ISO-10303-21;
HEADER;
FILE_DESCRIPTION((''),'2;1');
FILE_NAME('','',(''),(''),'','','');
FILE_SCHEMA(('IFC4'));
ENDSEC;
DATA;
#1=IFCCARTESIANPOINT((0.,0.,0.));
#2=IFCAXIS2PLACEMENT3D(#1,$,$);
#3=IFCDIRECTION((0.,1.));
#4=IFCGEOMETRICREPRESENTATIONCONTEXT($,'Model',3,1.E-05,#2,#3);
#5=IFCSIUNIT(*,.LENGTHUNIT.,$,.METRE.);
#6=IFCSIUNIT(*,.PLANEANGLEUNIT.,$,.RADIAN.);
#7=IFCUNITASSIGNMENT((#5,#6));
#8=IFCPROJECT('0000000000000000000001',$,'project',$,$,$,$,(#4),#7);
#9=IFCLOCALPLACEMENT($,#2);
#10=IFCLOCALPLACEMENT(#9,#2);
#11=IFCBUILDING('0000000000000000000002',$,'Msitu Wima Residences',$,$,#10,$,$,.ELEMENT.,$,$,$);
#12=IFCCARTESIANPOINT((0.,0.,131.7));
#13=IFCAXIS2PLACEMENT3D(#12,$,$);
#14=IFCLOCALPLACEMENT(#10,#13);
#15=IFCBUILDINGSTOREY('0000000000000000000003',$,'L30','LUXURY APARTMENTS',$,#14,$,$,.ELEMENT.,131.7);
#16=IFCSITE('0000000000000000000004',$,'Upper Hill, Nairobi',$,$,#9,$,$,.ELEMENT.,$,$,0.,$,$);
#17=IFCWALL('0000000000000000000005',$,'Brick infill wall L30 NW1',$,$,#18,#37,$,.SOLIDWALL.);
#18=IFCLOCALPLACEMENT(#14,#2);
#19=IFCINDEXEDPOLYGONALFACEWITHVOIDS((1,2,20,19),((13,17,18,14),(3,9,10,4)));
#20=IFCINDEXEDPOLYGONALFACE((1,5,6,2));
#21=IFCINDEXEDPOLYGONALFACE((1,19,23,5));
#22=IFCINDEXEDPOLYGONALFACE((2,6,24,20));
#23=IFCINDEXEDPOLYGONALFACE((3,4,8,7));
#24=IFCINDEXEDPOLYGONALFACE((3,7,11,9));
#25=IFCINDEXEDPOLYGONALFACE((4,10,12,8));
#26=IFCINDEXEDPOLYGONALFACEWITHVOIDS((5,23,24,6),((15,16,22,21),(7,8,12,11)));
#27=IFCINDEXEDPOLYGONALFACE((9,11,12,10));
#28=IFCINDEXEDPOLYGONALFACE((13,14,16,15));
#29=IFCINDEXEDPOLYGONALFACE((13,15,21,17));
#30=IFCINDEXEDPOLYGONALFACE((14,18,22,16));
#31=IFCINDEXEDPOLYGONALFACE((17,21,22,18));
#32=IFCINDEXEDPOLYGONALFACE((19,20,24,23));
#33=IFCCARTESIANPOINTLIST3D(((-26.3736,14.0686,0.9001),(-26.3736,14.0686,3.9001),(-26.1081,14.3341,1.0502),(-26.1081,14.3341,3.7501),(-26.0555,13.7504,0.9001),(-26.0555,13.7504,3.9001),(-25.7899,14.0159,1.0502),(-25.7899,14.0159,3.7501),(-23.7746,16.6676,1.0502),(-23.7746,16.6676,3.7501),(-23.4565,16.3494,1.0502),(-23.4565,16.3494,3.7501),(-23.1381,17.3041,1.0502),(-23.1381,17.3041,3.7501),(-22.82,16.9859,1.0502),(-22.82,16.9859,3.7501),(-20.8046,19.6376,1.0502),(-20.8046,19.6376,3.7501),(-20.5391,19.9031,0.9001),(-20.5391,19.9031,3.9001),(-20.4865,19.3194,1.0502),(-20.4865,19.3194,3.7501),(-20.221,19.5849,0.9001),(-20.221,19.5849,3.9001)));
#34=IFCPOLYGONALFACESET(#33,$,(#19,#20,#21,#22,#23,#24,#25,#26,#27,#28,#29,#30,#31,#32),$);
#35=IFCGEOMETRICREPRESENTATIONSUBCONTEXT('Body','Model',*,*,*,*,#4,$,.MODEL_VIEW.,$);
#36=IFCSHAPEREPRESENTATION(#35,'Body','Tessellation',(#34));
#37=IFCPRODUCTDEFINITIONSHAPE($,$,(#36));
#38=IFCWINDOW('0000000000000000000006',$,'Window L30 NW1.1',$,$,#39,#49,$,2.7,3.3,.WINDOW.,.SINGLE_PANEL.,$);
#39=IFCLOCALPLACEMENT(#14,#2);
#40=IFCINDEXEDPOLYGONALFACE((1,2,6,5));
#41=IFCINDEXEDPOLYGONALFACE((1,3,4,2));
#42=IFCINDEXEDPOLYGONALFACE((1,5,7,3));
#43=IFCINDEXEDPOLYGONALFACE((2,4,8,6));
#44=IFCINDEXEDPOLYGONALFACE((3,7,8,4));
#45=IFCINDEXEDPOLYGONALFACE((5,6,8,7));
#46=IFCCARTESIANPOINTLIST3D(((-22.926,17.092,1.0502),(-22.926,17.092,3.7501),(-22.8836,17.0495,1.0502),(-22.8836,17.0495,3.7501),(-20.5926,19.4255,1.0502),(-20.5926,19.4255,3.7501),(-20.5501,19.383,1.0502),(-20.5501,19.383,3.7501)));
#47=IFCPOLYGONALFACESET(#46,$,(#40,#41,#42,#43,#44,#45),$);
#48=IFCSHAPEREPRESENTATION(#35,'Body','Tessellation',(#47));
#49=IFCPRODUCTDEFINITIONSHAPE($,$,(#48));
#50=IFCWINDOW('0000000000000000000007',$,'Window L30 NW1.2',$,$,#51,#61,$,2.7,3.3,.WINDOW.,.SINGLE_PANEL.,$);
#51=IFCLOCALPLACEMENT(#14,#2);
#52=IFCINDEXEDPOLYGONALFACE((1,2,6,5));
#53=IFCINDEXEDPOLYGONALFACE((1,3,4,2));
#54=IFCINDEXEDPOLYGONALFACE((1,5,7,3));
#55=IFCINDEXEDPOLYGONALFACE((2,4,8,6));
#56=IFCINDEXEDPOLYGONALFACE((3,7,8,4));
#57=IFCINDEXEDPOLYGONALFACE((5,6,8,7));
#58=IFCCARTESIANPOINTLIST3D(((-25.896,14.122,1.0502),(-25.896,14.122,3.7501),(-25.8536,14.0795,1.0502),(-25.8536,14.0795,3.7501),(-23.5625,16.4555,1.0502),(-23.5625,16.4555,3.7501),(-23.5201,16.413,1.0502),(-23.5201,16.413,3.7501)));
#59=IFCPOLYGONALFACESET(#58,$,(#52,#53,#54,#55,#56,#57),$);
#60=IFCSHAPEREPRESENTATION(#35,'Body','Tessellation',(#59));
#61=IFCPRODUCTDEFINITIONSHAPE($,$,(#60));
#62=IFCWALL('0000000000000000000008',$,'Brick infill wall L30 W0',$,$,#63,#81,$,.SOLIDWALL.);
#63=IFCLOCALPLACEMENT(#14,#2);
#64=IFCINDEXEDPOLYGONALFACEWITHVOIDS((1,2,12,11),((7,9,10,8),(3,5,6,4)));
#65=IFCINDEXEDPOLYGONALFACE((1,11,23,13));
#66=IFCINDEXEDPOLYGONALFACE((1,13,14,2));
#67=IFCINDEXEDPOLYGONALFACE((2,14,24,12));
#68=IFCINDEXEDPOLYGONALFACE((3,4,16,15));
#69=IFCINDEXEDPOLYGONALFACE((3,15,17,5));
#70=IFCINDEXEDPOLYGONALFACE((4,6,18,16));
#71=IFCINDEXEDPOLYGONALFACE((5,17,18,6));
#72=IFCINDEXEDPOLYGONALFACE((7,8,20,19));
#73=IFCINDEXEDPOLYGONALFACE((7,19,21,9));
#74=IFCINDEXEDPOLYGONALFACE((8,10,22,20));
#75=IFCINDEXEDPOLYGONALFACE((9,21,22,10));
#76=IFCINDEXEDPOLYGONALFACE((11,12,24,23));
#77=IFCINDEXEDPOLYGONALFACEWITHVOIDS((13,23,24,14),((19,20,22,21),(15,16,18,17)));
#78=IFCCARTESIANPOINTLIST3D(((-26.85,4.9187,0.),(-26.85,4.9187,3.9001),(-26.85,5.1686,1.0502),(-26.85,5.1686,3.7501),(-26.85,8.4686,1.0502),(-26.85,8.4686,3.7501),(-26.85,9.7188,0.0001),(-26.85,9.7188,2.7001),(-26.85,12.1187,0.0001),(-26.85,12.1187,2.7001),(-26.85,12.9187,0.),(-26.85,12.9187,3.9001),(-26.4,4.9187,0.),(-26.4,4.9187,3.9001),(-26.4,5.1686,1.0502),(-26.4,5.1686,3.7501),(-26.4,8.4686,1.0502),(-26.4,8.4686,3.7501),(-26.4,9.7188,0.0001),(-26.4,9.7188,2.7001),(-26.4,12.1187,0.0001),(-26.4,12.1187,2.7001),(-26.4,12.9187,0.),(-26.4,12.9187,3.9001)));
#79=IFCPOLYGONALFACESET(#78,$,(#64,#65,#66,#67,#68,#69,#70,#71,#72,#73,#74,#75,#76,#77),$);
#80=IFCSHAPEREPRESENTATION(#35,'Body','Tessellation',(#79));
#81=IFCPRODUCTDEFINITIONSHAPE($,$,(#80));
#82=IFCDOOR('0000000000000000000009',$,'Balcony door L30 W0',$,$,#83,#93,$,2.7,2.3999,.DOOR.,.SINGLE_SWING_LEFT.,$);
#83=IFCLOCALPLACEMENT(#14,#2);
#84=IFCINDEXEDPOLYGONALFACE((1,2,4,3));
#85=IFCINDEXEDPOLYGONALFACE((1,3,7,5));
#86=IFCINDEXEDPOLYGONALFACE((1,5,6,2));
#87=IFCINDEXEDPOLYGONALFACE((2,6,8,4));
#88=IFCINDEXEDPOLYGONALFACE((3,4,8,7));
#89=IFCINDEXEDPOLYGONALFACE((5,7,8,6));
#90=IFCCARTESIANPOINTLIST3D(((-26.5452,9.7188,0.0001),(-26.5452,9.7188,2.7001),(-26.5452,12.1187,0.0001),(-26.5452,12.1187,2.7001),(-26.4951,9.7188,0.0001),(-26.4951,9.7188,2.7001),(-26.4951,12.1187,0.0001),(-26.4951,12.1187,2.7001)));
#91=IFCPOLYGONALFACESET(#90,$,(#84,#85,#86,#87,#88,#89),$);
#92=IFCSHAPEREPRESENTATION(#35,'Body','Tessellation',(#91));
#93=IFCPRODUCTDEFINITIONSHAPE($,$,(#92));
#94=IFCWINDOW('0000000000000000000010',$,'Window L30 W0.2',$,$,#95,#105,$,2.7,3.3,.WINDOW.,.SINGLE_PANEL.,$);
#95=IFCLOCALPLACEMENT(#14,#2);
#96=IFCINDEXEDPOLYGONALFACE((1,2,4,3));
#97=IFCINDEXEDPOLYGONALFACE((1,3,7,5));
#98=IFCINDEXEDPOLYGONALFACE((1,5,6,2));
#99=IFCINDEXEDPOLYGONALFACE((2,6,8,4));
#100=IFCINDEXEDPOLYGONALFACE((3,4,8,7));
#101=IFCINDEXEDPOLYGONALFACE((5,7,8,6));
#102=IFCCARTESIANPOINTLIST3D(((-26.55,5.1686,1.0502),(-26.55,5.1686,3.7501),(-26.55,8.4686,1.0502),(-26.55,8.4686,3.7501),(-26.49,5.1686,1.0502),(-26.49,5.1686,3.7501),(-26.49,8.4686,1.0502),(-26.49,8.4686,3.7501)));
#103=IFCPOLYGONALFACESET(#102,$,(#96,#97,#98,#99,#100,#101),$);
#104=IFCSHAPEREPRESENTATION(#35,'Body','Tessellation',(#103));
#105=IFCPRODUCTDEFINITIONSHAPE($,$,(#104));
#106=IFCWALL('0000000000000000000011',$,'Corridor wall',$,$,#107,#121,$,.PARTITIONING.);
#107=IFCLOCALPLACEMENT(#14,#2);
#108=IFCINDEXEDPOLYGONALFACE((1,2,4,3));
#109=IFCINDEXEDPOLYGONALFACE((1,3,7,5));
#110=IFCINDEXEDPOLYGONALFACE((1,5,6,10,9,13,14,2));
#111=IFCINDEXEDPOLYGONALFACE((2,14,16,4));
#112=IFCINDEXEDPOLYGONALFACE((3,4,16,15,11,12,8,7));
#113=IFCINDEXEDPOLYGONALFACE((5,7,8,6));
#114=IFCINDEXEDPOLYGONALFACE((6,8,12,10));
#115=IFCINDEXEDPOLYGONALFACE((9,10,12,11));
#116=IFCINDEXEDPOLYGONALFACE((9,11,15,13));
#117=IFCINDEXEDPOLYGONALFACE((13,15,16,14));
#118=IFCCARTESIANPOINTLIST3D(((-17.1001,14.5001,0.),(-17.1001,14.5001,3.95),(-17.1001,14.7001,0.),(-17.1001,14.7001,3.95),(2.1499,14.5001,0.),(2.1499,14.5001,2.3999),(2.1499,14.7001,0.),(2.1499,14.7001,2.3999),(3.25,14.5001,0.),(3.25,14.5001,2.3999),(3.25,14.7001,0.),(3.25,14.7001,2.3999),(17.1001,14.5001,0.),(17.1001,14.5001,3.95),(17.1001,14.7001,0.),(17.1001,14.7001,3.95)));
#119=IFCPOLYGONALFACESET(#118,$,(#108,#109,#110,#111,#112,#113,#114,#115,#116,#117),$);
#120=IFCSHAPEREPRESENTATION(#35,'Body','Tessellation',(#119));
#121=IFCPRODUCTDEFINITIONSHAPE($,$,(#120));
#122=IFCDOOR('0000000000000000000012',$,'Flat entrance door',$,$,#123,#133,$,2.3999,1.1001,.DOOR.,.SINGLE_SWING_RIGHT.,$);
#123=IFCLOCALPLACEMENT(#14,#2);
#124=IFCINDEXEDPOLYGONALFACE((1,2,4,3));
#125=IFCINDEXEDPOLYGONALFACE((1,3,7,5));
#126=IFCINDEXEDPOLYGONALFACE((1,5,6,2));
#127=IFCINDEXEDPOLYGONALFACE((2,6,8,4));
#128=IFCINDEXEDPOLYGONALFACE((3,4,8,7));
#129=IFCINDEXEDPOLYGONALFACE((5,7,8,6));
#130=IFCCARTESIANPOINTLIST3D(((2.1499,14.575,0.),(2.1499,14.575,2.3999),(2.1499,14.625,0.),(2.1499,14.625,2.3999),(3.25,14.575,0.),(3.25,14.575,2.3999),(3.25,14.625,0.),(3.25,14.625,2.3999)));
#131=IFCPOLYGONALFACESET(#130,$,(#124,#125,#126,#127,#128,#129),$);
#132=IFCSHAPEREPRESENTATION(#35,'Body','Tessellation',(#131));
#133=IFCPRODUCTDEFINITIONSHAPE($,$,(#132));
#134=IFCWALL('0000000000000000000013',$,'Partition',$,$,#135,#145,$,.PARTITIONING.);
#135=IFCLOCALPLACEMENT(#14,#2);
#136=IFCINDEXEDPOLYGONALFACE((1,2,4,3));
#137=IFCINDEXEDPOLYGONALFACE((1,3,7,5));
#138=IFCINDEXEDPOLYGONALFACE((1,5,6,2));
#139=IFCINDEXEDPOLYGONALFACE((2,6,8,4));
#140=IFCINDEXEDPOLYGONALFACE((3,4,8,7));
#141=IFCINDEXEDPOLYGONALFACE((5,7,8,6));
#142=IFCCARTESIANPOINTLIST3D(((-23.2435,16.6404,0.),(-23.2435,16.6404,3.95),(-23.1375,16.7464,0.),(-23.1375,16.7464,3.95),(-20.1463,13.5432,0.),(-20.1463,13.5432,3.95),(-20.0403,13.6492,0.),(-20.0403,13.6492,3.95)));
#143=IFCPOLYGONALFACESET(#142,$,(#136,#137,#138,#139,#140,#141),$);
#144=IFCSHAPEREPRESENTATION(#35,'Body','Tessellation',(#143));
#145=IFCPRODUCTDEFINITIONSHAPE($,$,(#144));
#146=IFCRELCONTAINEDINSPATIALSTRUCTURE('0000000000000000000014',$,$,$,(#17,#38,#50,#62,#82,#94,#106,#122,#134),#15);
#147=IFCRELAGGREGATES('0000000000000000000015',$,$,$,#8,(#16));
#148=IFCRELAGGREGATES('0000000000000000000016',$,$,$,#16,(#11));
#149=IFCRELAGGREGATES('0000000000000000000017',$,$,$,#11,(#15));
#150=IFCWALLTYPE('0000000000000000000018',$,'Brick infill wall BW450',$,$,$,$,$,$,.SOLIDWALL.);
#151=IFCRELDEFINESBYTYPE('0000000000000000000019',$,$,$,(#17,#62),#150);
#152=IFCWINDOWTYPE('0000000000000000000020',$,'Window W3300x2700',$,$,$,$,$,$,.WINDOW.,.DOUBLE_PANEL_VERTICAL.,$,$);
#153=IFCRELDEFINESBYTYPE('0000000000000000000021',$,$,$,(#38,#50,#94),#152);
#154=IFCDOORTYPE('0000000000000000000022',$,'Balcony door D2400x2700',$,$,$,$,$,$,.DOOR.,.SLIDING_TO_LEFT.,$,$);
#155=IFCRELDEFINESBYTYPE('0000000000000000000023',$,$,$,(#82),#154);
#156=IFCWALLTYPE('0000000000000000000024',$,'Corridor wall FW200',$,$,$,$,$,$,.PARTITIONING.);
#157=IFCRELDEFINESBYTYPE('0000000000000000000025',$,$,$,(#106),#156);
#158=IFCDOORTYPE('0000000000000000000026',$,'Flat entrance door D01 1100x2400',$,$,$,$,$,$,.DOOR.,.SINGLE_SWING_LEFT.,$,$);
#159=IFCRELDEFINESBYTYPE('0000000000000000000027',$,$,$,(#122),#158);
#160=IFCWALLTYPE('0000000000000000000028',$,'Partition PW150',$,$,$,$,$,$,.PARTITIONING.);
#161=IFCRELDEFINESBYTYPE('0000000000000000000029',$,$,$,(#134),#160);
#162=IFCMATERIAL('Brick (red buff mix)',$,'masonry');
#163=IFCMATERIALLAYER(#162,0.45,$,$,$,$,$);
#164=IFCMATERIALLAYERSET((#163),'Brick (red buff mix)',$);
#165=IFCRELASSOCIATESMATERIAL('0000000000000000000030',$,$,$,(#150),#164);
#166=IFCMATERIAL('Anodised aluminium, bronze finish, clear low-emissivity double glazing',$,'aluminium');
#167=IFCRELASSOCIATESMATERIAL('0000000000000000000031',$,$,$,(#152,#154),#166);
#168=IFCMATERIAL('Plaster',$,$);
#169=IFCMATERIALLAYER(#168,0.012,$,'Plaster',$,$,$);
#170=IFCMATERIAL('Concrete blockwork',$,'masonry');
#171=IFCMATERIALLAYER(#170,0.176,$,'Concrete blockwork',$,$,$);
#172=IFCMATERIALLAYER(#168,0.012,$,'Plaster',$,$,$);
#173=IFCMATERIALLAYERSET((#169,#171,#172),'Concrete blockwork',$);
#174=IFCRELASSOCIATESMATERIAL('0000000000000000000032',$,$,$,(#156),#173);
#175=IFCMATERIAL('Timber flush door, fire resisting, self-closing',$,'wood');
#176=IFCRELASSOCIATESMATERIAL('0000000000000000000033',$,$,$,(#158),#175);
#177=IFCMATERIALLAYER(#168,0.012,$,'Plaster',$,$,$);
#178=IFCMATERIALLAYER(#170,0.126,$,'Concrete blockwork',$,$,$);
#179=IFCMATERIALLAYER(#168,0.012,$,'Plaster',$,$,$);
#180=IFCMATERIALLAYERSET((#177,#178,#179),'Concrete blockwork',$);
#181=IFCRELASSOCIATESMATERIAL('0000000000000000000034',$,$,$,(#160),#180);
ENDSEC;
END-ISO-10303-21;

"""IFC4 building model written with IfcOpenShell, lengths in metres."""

from ifc_helpers import new_model, si_unit, direction, frame, frame_2d, origin, place, context, subcontext, project, spatial, rectangle, extrude, material, layer, layer_set, type_object, element, fill, save


model = new_model("IFC4")

# Units and contexts
model_context = context("Model", 3, precision=1e-05, world=origin(), true_north=direction((0.0, 1.0)))
body_context = subcontext(model_context, "Body", "Model", "MODEL_VIEW")
ifc_project = project(units=[si_unit("LENGTHUNIT", "METRE"), si_unit("PLANEANGLEUNIT", "RADIAN")], contexts=[model_context])

# Site, building, storey
site_placement = place(None, origin())
site = spatial("IfcSite", under=ifc_project, at=site_placement, Name="Upper Hill, Nairobi", CompositionType="ELEMENT", RefElevation=0.0)
building_placement = place(site_placement, origin())
building = spatial("IfcBuilding", under=site, at=building_placement, Name="Msitu Wima Residences", CompositionType="ELEMENT")
storey_placement = place(building_placement, frame((0.0, 0.0, 131.7)))
storey = spatial("IfcBuildingStorey", under=building, at=storey_placement, Name="L30", Description="LUXURY APARTMENTS", CompositionType="ELEMENT", Elevation=131.7)

# Wall, openings, windows
ifc_material_1 = material(Name="Brick (red buff mix)", Category="masonry")
ifc_layer_1 = layer(ifc_material_1, 0.45)
ifc_layer_set_1 = layer_set([ifc_layer_1], Name="Brick (red buff mix)")
wall_type_1 = type_object("IfcWallType", Name="Brick infill wall BW450", PredefinedType="SOLIDWALL", material=ifc_layer_set_1)
wall_1_placement = place(storey_placement, frame((-20.3801, 19.7439, 0.9001), z_axis=(0.0, 0.0, 1.0), x_axis=(-0.707107, -0.707107, 0.0)))
wall_1 = element("IfcWall", 1, at=wall_1_placement, inside=storey, type_object=wall_type_1, Name="Brick infill wall L30 NW1", PredefinedType="SOLIDWALL", context=body_context, shape_type="SweptSolid", body=[
    extrude(rectangle(XDim=8.2512, YDim=0.45, at=frame_2d((4.1255, 0.0))), origin(), (0.0, 0.0, 1.0), 3.0),
])
opening_1_placement = place(wall_1_placement, frame((0.3755, 0.0, 0.1499)))
opening_1 = element("IfcOpeningElement", 2, at=opening_1_placement, cuts=wall_1, PredefinedType="OPENING", context=body_context, shape_type="SweptSolid", body=[
    extrude(rectangle(XDim=3.3, YDim=2.7, at=frame_2d((1.6499, 1.3501))), frame((0.0, 0.2349, 0.0), z_axis=(0.0, -1.0, 0.0), x_axis=(1.0, 0.0, 0.0)), (0.0, 0.0, 1.0), 0.47),
])
opening_2_placement = place(wall_1_placement, frame((4.5757, 0.0, 0.1499)))
opening_2 = element("IfcOpeningElement", 3, at=opening_2_placement, cuts=wall_1, PredefinedType="OPENING", context=body_context, shape_type="SweptSolid", body=[
    extrude(rectangle(XDim=3.3, YDim=2.7, at=frame_2d((1.6499, 1.3501))), frame((0.0, 0.2349, 0.0), z_axis=(0.0, -1.0, 0.0), x_axis=(1.0, 0.0, 0.0)), (0.0, 0.0, 1.0), 0.47),
])
ifc_material_2 = material(Name="Anodised aluminium, bronze finish, clear low-emissivity double glazing", Category="aluminium")
window_type = type_object("IfcWindowType", Name="Window W3300x2700", PartitioningType="DOUBLE_PANEL_VERTICAL", PredefinedType="WINDOW", material=ifc_material_2)
window_1_placement = place(opening_1_placement, origin())
window_1 = element("IfcWindow", 4, at=window_1_placement, inside=storey, type_object=window_type, Name="Window L30 NW1.1", OverallHeight=2.7, OverallWidth=3.3, PartitioningType="SINGLE_PANEL", PredefinedType="WINDOW", context=body_context, shape_type="SweptSolid", body=[
    extrude(rectangle(XDim=3.3, YDim=2.7, at=frame_2d((1.6499, 1.3501))), frame((0.0, 0.135, 0.0), z_axis=(0.0, -1.0, 0.0), x_axis=(1.0, 0.0, 0.0)), (0.0, 0.0, 1.0), 0.0601),
])
fill(opening_1, window_1)
window_2_placement = place(opening_2_placement, origin())
window_2 = element("IfcWindow", 5, at=window_2_placement, inside=storey, type_object=window_type, Name="Window L30 NW1.2", OverallHeight=2.7, OverallWidth=3.3, PartitioningType="SINGLE_PANEL", PredefinedType="WINDOW", context=body_context, shape_type="SweptSolid", body=[
    extrude(rectangle(XDim=3.3, YDim=2.7, at=frame_2d((1.6499, 1.3501))), frame((0.0, 0.135, 0.0), z_axis=(0.0, -1.0, 0.0), x_axis=(1.0, 0.0, 0.0)), (0.0, 0.0, 1.0), 0.0601),
])
fill(opening_2, window_2)

# Wall, openings, door, window
wall_2_placement = place(storey_placement, frame((-26.625, 12.9187, 0.0), z_axis=(0.0, 0.0, 1.0), x_axis=(0.0, -1.0, 0.0)))
wall_2 = element("IfcWall", 6, at=wall_2_placement, inside=storey, type_object=wall_type_1, Name="Brick infill wall L30 W0", PredefinedType="SOLIDWALL", context=body_context, shape_type="SweptSolid", body=[
    extrude(rectangle(XDim=8.0, YDim=0.45, at=frame_2d((4.0, 0.0))), origin(), (0.0, 0.0, 1.0), 3.9001),
])
opening_3_placement = place(wall_2_placement, frame((0.8, 0.0, 0.0)))
opening_3 = element("IfcOpeningElement", 7, at=opening_3_placement, cuts=wall_2, PredefinedType="OPENING", context=body_context, shape_type="SweptSolid", body=[
    extrude(rectangle(XDim=2.3999, YDim=2.7, at=frame_2d((1.2, 1.3501))), frame((0.0, 0.2349, 0.0), z_axis=(0.0, -1.0, 0.0), x_axis=(1.0, 0.0, 0.0)), (0.0, 0.0, 1.0), 0.47),
])
opening_4_placement = place(wall_2_placement, frame((4.4502, 0.0, 1.05)))
opening_4 = element("IfcOpeningElement", 8, at=opening_4_placement, cuts=wall_2, PredefinedType="OPENING", context=body_context, shape_type="SweptSolid", body=[
    extrude(rectangle(XDim=3.3, YDim=2.7, at=frame_2d((1.6499, 1.3501))), frame((0.0, 0.2349, 0.0), z_axis=(0.0, -1.0, 0.0), x_axis=(1.0, 0.0, 0.0)), (0.0, 0.0, 1.0), 0.47),
])
door_type_1 = type_object("IfcDoorType", Name="Balcony door D2400x2700", OperationType="SLIDING_TO_LEFT", PredefinedType="DOOR", material=ifc_material_2)
door_1_placement = place(opening_3_placement, origin())
door_1 = element("IfcDoor", 9, at=door_1_placement, inside=storey, type_object=door_type_1, Name="Balcony door L30 W0", OperationType="SINGLE_SWING_LEFT", OverallHeight=2.7, OverallWidth=2.3999, PredefinedType="DOOR", context=body_context, shape_type="SweptSolid", body=[
    extrude(rectangle(XDim=2.3999, YDim=2.7, at=frame_2d((1.2, 1.3501))), frame((0.0, 0.1299, 0.0), z_axis=(0.0, -1.0, 0.0), x_axis=(1.0, 0.0, 0.0)), (0.0, 0.0, 1.0), 0.05),
])
fill(opening_3, door_1)
window_3_placement = place(opening_4_placement, origin())
window_3 = element("IfcWindow", 10, at=window_3_placement, inside=storey, type_object=window_type, Name="Window L30 W0.2", OverallHeight=2.7, OverallWidth=3.3, PartitioningType="SINGLE_PANEL", PredefinedType="WINDOW", context=body_context, shape_type="SweptSolid", body=[
    extrude(rectangle(XDim=3.3, YDim=2.7, at=frame_2d((1.6499, 1.3501))), frame((0.0, 0.135, 0.0), z_axis=(0.0, -1.0, 0.0), x_axis=(1.0, 0.0, 0.0)), (0.0, 0.0, 1.0), 0.0601),
])
fill(opening_4, window_3)

# Wall, opening, door
ifc_material_3 = material(Name="Plaster")
ifc_layer_2 = layer(ifc_material_3, 0.012, Name="Plaster")
ifc_material_4 = material(Name="Concrete blockwork", Category="masonry")
ifc_layer_3 = layer(ifc_material_4, 0.176, Name="Concrete blockwork")
ifc_layer_4 = layer(ifc_material_3, 0.012, Name="Plaster")
ifc_layer_set_2 = layer_set([ifc_layer_2, ifc_layer_3, ifc_layer_4], Name="Concrete blockwork")
wall_type_2 = type_object("IfcWallType", Name="Corridor wall FW200", PredefinedType="PARTITIONING", material=ifc_layer_set_2)
wall_3_placement = place(storey_placement, frame((-17.1001, 14.6001, 0.0), z_axis=(0.0, 0.0, 1.0), x_axis=(1.0, 0.0, 0.0)))
wall_3 = element("IfcWall", 11, at=wall_3_placement, inside=storey, type_object=wall_type_2, Name="Corridor wall", PredefinedType="PARTITIONING", context=body_context, shape_type="SweptSolid", body=[
    extrude(rectangle(XDim=34.2002, YDim=0.2, at=frame_2d((17.1001, 0.0))), origin(), (0.0, 0.0, 1.0), 3.95),
])
opening_5_placement = place(wall_3_placement, frame((19.25, 0.0, 0.0)))
opening_5 = element("IfcOpeningElement", 12, at=opening_5_placement, cuts=wall_3, PredefinedType="OPENING", context=body_context, shape_type="SweptSolid", body=[
    extrude(rectangle(XDim=1.1001, YDim=2.3999, at=frame_2d((0.55, 1.2))), frame((0.0, 0.1099, 0.0), z_axis=(0.0, -1.0, 0.0), x_axis=(1.0, 0.0, 0.0)), (0.0, 0.0, 1.0), 0.22),
])
ifc_material_5 = material(Name="Timber flush door, fire resisting, self-closing", Category="wood")
door_type_2 = type_object("IfcDoorType", Name="Flat entrance door D01 1100x2400", OperationType="SINGLE_SWING_LEFT", PredefinedType="DOOR", material=ifc_material_5)
door_2_placement = place(opening_5_placement, origin())
door_2 = element("IfcDoor", 13, at=door_2_placement, inside=storey, type_object=door_type_2, Name="Flat entrance door", OperationType="SINGLE_SWING_RIGHT", OverallHeight=2.3999, OverallWidth=1.1001, PredefinedType="DOOR", context=body_context, shape_type="SweptSolid", body=[
    extrude(rectangle(XDim=1.1001, YDim=2.3999, at=frame_2d((0.55, 1.2))), frame((0.0, 0.0249, 0.0), z_axis=(0.0, -1.0, 0.0), x_axis=(1.0, 0.0, 0.0)), (0.0, 0.0, 1.0), 0.05),
])
fill(opening_5, door_2)

# Wall
ifc_layer_5 = layer(ifc_material_3, 0.012, Name="Plaster")
ifc_layer_6 = layer(ifc_material_4, 0.126, Name="Concrete blockwork")
ifc_layer_7 = layer(ifc_material_3, 0.012, Name="Plaster")
ifc_layer_set_3 = layer_set([ifc_layer_5, ifc_layer_6, ifc_layer_7], Name="Concrete blockwork")
wall_type_3 = type_object("IfcWallType", Name="Partition PW150", PredefinedType="PARTITIONING", material=ifc_layer_set_3)
wall_4_placement = place(storey_placement, frame((-23.1904, 16.6934, 0.0), z_axis=(0.0, 0.0, 1.0), x_axis=(0.707107, -0.707107, 0.0)))
element("IfcWall", 14, at=wall_4_placement, inside=storey, type_object=wall_type_3, Name="Partition", PredefinedType="PARTITIONING", context=body_context, shape_type="SweptSolid", body=[
    extrude(rectangle(XDim=4.3801, YDim=0.1499, at=frame_2d((2.1899, 0.0))), origin(), (0.0, 0.0, 1.0), 3.95),
])

save(model, "model.ifc")
